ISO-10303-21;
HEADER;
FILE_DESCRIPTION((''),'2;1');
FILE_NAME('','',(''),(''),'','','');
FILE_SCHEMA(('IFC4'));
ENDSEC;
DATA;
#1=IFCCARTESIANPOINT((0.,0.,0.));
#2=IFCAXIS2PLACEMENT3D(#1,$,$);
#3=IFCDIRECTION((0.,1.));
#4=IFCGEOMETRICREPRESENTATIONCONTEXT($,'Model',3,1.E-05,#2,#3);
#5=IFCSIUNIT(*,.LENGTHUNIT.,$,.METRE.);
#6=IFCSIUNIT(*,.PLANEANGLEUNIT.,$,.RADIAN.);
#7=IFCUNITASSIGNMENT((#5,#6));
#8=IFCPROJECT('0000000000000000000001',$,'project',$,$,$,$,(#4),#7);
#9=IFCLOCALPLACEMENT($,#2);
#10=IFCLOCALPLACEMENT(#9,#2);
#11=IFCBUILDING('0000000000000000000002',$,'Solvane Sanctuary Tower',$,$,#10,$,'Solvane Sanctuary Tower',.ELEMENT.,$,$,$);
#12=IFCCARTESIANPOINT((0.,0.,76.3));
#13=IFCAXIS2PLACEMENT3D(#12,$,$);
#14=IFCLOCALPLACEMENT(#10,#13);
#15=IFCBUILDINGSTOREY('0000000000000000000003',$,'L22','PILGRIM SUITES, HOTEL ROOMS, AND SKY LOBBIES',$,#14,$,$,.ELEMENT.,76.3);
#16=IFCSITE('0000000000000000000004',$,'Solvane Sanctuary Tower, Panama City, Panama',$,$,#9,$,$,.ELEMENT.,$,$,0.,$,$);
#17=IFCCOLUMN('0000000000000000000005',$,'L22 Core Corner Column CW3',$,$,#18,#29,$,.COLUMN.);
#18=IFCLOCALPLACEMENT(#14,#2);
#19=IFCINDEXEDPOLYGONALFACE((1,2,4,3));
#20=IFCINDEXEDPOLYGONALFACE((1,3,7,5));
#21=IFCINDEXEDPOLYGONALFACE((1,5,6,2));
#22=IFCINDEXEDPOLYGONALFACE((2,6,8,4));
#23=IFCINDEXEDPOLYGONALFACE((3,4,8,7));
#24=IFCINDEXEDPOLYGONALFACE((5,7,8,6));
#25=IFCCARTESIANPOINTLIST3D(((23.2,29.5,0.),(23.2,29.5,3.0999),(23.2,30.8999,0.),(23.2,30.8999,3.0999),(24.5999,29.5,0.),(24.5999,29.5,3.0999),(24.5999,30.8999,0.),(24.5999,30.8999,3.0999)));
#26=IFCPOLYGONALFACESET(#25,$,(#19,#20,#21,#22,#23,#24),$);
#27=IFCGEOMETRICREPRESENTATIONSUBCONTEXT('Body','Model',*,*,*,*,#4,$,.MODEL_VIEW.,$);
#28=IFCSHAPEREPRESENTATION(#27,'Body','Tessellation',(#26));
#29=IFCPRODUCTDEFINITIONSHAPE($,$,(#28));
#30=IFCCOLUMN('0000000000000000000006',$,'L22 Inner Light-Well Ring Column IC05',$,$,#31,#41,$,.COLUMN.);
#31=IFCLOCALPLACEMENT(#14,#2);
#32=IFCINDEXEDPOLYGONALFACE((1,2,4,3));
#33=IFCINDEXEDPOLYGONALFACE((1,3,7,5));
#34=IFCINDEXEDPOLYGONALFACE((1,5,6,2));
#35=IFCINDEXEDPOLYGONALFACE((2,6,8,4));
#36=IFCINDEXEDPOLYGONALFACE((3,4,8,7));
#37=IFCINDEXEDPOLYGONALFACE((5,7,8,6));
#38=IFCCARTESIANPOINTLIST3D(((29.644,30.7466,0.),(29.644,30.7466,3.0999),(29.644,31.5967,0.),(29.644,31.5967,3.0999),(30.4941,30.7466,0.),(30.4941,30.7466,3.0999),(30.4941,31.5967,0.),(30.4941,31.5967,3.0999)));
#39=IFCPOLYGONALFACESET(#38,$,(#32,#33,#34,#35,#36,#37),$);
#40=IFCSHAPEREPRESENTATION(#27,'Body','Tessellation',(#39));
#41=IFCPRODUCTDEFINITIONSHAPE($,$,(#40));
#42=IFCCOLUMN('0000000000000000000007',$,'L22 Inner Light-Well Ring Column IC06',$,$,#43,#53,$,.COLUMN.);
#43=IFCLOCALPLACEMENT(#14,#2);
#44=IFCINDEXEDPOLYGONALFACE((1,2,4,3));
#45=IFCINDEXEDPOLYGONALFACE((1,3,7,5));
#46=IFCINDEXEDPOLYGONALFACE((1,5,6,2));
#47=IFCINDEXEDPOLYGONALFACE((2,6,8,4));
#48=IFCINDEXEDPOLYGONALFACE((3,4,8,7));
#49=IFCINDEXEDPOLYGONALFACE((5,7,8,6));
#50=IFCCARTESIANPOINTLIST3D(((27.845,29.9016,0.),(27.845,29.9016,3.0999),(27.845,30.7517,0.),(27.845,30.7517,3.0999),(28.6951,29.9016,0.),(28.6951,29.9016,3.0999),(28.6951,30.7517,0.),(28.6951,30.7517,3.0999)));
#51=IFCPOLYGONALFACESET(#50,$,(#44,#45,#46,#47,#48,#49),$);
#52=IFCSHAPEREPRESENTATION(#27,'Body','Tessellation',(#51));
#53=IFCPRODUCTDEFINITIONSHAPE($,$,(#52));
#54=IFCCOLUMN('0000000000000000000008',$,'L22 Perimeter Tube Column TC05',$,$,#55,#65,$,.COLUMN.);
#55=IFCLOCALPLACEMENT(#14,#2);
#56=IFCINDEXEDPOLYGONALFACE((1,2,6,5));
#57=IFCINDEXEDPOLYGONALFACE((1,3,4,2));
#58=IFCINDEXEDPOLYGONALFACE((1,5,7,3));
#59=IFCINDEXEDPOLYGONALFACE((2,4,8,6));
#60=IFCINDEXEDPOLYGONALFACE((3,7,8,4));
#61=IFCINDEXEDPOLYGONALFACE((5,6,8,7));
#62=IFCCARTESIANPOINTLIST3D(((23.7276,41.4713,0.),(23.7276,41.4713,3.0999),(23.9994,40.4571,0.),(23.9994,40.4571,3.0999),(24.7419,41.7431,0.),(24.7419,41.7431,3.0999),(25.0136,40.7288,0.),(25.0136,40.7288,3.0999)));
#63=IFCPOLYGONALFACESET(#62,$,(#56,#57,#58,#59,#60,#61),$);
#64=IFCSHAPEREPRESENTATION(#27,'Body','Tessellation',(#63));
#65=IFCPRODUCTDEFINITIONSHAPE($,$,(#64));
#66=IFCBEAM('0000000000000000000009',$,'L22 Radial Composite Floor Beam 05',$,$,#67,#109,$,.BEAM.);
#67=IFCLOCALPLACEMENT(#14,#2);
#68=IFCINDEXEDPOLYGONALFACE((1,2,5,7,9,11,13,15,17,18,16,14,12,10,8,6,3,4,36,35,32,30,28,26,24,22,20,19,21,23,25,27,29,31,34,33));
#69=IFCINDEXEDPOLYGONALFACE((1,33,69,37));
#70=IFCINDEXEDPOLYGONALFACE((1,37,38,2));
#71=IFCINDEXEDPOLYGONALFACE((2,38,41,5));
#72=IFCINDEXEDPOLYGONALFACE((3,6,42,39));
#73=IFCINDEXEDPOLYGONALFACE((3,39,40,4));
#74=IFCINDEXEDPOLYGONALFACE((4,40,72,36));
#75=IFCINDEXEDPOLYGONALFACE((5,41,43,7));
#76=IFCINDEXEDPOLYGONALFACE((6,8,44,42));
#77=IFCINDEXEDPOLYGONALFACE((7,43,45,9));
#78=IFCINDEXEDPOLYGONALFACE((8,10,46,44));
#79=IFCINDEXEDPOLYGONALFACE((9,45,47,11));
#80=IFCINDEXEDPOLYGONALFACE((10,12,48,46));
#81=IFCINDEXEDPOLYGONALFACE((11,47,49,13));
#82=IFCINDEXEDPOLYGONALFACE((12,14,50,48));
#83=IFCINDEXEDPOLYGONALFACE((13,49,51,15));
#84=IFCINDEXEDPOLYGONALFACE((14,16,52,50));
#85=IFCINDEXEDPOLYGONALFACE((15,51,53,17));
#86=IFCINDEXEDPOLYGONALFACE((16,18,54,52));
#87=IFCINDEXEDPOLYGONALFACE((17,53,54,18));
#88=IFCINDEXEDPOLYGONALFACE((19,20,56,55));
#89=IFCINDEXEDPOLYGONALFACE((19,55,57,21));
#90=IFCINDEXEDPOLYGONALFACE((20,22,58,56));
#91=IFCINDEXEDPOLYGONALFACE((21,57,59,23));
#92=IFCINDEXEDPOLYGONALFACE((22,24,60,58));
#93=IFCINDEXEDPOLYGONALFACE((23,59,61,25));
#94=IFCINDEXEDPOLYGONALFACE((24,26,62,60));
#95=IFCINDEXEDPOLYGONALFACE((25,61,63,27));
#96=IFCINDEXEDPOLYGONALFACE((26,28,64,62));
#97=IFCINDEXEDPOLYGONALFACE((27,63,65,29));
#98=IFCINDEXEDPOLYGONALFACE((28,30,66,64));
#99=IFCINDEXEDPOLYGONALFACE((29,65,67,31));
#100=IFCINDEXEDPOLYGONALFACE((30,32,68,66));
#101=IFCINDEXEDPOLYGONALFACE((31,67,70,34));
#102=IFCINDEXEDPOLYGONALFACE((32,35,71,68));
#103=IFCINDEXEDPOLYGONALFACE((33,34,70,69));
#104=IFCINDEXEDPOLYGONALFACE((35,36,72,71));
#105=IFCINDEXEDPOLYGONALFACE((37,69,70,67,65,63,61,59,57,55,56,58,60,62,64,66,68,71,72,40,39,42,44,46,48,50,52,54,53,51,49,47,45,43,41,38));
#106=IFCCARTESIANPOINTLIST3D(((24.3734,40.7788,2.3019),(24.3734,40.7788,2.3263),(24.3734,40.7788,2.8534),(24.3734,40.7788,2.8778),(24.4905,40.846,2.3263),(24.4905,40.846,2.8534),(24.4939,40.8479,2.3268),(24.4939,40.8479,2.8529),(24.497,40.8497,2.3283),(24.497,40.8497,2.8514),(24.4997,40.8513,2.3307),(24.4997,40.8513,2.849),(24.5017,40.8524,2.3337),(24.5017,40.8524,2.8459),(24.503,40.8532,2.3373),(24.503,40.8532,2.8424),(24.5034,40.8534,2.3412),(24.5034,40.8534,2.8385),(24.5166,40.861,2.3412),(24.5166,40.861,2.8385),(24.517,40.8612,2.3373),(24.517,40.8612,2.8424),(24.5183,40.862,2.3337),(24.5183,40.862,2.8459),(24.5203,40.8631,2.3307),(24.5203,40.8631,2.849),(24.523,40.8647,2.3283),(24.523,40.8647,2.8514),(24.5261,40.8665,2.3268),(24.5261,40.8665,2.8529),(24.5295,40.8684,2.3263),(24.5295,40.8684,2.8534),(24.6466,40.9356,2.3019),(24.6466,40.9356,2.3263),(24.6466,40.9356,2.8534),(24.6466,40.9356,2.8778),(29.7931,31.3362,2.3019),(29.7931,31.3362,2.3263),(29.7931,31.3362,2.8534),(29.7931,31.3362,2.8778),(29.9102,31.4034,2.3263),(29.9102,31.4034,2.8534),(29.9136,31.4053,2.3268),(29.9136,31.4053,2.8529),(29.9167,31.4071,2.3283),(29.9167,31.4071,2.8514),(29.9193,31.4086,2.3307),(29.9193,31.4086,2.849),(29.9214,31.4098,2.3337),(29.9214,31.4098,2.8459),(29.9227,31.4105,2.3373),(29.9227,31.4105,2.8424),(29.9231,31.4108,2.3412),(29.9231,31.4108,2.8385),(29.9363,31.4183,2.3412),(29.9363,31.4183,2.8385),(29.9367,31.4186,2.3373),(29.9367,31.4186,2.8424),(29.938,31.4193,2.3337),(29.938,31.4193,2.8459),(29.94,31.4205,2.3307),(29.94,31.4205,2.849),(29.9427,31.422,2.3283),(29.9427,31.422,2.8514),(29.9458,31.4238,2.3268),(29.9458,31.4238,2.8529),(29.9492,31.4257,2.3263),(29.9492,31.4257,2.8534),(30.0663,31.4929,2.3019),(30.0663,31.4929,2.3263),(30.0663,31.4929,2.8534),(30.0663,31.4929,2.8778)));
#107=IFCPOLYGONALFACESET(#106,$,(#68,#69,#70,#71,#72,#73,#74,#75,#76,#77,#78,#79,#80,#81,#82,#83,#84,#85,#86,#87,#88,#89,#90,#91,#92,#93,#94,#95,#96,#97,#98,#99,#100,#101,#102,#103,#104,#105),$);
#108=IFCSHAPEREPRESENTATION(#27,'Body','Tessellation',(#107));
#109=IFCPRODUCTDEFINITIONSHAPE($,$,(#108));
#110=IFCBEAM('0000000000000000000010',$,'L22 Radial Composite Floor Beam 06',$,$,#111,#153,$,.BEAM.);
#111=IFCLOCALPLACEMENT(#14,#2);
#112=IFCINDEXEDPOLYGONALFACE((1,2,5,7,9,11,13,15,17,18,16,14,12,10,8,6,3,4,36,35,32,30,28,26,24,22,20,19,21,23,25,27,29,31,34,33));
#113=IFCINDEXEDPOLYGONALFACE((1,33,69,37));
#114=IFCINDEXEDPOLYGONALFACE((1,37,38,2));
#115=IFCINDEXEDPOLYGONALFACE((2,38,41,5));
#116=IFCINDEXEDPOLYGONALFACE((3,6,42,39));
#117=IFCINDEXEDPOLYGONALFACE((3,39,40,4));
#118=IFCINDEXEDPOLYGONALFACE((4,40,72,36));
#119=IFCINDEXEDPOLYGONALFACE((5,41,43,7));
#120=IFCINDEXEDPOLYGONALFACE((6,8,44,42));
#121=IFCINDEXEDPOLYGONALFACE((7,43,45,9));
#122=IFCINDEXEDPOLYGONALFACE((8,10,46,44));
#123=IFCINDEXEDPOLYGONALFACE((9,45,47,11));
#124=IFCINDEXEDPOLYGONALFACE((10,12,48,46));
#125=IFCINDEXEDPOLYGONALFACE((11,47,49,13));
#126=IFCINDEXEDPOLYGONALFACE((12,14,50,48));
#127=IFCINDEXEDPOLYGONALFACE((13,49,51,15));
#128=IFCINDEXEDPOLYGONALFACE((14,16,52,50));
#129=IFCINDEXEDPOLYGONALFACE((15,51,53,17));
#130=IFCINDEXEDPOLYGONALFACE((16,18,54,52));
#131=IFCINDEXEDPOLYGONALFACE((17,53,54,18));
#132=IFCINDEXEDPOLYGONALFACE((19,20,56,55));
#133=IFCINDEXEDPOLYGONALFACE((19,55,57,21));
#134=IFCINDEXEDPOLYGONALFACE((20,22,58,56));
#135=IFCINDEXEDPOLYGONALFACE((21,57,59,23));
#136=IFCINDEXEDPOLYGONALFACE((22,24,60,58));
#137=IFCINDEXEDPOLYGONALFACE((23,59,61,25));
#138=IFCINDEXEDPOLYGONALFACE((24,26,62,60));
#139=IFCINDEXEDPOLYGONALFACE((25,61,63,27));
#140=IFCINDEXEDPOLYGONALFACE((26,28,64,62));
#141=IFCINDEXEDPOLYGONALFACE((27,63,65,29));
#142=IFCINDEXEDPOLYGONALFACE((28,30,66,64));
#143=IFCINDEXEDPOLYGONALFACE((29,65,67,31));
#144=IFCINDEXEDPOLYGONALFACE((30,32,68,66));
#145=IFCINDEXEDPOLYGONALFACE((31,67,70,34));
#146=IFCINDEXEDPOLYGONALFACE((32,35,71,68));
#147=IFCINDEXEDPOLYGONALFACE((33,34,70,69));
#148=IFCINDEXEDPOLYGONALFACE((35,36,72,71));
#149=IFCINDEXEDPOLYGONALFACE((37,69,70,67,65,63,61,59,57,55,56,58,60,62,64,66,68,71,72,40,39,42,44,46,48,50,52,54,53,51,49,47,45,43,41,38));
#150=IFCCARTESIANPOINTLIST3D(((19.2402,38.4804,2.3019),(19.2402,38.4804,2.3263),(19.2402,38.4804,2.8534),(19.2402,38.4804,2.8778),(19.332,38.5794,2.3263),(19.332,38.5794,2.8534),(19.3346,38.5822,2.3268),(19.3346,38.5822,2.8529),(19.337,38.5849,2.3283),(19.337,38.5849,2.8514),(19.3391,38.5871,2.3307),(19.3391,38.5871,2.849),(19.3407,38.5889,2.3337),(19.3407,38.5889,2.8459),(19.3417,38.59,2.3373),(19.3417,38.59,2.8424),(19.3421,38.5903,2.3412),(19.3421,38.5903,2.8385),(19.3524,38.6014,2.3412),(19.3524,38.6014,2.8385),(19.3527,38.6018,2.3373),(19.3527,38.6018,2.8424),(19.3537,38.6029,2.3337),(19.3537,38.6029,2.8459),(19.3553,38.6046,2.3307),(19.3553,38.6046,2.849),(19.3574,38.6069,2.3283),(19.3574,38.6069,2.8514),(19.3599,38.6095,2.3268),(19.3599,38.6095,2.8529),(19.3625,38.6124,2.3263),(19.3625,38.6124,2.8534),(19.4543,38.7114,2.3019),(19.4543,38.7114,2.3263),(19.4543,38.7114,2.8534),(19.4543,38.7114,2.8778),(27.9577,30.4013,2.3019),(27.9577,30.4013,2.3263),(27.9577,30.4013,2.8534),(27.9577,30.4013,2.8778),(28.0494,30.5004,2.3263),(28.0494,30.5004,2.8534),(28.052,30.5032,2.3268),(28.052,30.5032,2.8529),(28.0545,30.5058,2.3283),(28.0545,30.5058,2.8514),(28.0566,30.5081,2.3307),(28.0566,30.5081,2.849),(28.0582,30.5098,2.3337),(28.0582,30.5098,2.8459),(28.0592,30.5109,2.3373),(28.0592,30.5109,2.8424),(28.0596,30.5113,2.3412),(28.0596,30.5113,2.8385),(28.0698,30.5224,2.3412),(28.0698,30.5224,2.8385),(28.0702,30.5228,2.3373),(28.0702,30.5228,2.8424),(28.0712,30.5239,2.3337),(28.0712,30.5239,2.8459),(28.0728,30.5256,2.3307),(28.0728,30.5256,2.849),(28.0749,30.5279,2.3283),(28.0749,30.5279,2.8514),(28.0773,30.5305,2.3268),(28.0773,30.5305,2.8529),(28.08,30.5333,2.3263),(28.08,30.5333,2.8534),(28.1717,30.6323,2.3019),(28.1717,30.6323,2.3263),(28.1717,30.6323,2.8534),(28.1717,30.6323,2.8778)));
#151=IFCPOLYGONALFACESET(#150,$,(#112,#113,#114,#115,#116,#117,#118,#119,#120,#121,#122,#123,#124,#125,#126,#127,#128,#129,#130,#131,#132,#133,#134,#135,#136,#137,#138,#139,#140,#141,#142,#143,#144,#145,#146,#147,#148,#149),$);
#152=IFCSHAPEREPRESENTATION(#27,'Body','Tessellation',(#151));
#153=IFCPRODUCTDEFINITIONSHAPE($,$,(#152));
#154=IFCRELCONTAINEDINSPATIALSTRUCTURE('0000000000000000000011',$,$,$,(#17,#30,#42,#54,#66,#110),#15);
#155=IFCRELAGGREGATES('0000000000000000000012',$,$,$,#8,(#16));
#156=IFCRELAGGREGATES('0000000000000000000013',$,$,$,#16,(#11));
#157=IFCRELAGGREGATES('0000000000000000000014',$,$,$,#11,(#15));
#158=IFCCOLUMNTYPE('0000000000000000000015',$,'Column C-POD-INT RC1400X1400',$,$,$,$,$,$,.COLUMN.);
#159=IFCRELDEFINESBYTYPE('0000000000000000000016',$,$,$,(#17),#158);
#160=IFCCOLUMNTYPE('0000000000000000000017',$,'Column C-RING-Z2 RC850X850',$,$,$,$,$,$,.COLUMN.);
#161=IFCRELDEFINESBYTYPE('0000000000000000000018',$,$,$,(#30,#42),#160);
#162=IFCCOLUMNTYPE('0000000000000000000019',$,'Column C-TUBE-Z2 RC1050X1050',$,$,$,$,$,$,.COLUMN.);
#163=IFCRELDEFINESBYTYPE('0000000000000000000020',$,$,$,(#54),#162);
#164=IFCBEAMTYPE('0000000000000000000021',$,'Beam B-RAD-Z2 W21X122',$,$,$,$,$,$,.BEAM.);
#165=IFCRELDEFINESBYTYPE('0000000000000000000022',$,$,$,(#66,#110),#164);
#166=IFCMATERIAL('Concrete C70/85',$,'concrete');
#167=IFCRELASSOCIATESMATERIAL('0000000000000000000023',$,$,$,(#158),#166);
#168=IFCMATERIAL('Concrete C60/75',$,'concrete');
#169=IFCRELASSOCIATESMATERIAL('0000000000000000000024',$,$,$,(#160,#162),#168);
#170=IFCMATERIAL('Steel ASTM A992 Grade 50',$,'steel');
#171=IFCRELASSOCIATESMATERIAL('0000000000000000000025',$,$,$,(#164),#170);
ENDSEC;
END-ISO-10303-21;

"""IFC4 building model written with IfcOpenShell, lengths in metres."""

from ifc_helpers import new_model, si_unit, direction, frame, origin, origin_2d, place, context, subcontext, project, spatial, rectangle, i_section, extrude, material, material_profile, profile_set, type_object, element, save


model = new_model("IFC4")

# Units and contexts
model_context = context("Model", 3, precision=1e-05, world=origin(), true_north=direction((0.0, 1.0)))
body_context = subcontext(model_context, "Body", "Model", "MODEL_VIEW")
ifc_project = project(units=[si_unit("LENGTHUNIT", "METRE"), si_unit("PLANEANGLEUNIT", "RADIAN")], contexts=[model_context])

# Site, building, storey
site_placement = place(None, origin())
site = spatial("IfcSite", under=ifc_project, at=site_placement, Name="Solvane Sanctuary Tower, Panama City, Panama", CompositionType="ELEMENT", RefElevation=0.0)
building_placement = place(site_placement, origin())
building = spatial("IfcBuilding", under=site, at=building_placement, Name="Solvane Sanctuary Tower", LongName="Solvane Sanctuary Tower", CompositionType="ELEMENT")
storey_placement = place(building_placement, frame((0.0, 0.0, 76.3)))
storey = spatial("IfcBuildingStorey", under=building, at=storey_placement, Name="L22", Description="PILGRIM SUITES, HOTEL ROOMS, AND SKY LOBBIES", CompositionType="ELEMENT", Elevation=76.3)

# Columns
ifc_material_1 = material(Name="Concrete C70/85", Category="concrete")
ifc_material_profile_1 = material_profile(ifc_material_1, rectangle(XDim=1.3999, YDim=1.3999, at=origin_2d()), Name="RC1400X1400")
ifc_profile_set_1 = profile_set([ifc_material_profile_1], Name="Concrete C70/85")
column_type_1 = type_object("IfcColumnType", Name="Column C-POD-INT RC1400X1400", PredefinedType="COLUMN", material=ifc_profile_set_1)
column_1_placement = place(storey_placement, frame((23.8999, 30.2, 0.0), z_axis=(0.0, 0.0, 1.0), x_axis=(1.0, 0.0, 0.0)))
element("IfcColumn", 1, at=column_1_placement, inside=storey, type_object=column_type_1, Name="L22 Core Corner Column CW3", PredefinedType="COLUMN", context=body_context, shape_type="SweptSolid", body=[
    extrude(rectangle(XDim=1.3999, YDim=1.3999, at=origin_2d()), origin(), (0.0, 0.0, 1.0), 3.0999),
])
ifc_material_2 = material(Name="Concrete C60/75", Category="concrete")
ifc_material_profile_2 = material_profile(ifc_material_2, rectangle(XDim=0.8501, YDim=0.8501, at=origin_2d()), Name="RC850X850")
ifc_profile_set_2 = profile_set([ifc_material_profile_2], Name="Concrete C60/75")
column_type_2 = type_object("IfcColumnType", Name="Column C-RING-Z2 RC850X850", PredefinedType="COLUMN", material=ifc_profile_set_2)
for number, where, z_axis, x_axis, name in (
    (2, (30.0691, 31.1716, 0.0), (0.0, 0.0, 1.0), (1.0, 0.0, 0.0), "L22 Inner Light-Well Ring Column IC05"),
    (3, (28.27, 30.3267, 0.0), (0.0, 0.0, 1.0), (1.0, 0.0, 0.0), "L22 Inner Light-Well Ring Column IC06"),
):
    element("IfcColumn", number, at=place(storey_placement, frame(where, z_axis=z_axis, x_axis=x_axis)), inside=storey, type_object=column_type_2, Name=name, PredefinedType="COLUMN", context=body_context, shape_type="SweptSolid", body=[
        extrude(rectangle(XDim=0.8501, YDim=0.8501, at=origin_2d()), origin(), (0.0, 0.0, 1.0), 3.0999),
    ])
ifc_material_profile_3 = material_profile(ifc_material_2, rectangle(XDim=1.05, YDim=1.05, at=origin_2d()), Name="RC1050X1050")
ifc_profile_set_3 = profile_set([ifc_material_profile_3], Name="Concrete C60/75")
column_type_3 = type_object("IfcColumnType", Name="Column C-TUBE-Z2 RC1050X1050", PredefinedType="COLUMN", material=ifc_profile_set_3)
column_2_placement = place(storey_placement, frame((24.3706, 41.1001, 0.0), z_axis=(0.0, 0.0, 1.0), x_axis=(-0.258819, 0.965926, 0.0)))
element("IfcColumn", 4, at=column_2_placement, inside=storey, type_object=column_type_3, Name="L22 Perimeter Tube Column TC05", PredefinedType="COLUMN", context=body_context, shape_type="SweptSolid", body=[
    extrude(rectangle(XDim=1.05, YDim=1.05, at=origin_2d()), origin(), (0.0, 0.0, 1.0), 3.0999),
])

# Beams
ifc_material_3 = material(Name="Steel ASTM A992 Grade 50", Category="steel")
ifc_material_profile_4 = material_profile(ifc_material_3, i_section(OverallWidth=0.3149, OverallDepth=0.5759, WebThickness=0.0151, FlangeThickness=0.0244, FilletRadius=0.0149, at=origin_2d()), Name="W21X122")
ifc_profile_set_4 = profile_set([ifc_material_profile_4], Name="Steel ASTM A992 Grade 50")
beam_type_1 = type_object("IfcBeamType", Name="Beam B-RAD-Z2 W21X122", PredefinedType="BEAM", material=ifc_profile_set_4)
beam_1_placement = place(storey_placement, frame((29.9297, 31.4146, 2.5898), z_axis=(-0.497792, 0.867296, 0.0), x_axis=(-0.867296, -0.497792, 0.0)))
element("IfcBeam", 5, at=beam_1_placement, inside=storey, type_object=beam_type_1, Name="L22 Radial Composite Floor Beam 05", PredefinedType="BEAM", context=body_context, shape_type="SweptSolid", body=[
    extrude(i_section(OverallWidth=0.3149, OverallDepth=0.5759, WebThickness=0.0151, FlangeThickness=0.0244, FilletRadius=0.0149, at=origin_2d()), origin(), (0.0, 0.0, 1.0), 10.8875),
])
beam_2_placement = place(storey_placement, frame((28.0647, 30.5168, 2.5898), z_axis=(-0.733454, 0.679739, 0.0), x_axis=(-0.679739, -0.733454, 0.0)))
element("IfcBeam", 6, at=beam_2_placement, inside=storey, type_object=beam_type_1, Name="L22 Radial Composite Floor Beam 06", PredefinedType="BEAM", context=body_context, shape_type="SweptSolid", body=[
    extrude(i_section(OverallWidth=0.3149, OverallDepth=0.5759, WebThickness=0.0151, FlangeThickness=0.0244, FilletRadius=0.0149, at=origin_2d()), origin(), (0.0, 0.0, 1.0), 11.8855),
])

save(model, "model.ifc")
